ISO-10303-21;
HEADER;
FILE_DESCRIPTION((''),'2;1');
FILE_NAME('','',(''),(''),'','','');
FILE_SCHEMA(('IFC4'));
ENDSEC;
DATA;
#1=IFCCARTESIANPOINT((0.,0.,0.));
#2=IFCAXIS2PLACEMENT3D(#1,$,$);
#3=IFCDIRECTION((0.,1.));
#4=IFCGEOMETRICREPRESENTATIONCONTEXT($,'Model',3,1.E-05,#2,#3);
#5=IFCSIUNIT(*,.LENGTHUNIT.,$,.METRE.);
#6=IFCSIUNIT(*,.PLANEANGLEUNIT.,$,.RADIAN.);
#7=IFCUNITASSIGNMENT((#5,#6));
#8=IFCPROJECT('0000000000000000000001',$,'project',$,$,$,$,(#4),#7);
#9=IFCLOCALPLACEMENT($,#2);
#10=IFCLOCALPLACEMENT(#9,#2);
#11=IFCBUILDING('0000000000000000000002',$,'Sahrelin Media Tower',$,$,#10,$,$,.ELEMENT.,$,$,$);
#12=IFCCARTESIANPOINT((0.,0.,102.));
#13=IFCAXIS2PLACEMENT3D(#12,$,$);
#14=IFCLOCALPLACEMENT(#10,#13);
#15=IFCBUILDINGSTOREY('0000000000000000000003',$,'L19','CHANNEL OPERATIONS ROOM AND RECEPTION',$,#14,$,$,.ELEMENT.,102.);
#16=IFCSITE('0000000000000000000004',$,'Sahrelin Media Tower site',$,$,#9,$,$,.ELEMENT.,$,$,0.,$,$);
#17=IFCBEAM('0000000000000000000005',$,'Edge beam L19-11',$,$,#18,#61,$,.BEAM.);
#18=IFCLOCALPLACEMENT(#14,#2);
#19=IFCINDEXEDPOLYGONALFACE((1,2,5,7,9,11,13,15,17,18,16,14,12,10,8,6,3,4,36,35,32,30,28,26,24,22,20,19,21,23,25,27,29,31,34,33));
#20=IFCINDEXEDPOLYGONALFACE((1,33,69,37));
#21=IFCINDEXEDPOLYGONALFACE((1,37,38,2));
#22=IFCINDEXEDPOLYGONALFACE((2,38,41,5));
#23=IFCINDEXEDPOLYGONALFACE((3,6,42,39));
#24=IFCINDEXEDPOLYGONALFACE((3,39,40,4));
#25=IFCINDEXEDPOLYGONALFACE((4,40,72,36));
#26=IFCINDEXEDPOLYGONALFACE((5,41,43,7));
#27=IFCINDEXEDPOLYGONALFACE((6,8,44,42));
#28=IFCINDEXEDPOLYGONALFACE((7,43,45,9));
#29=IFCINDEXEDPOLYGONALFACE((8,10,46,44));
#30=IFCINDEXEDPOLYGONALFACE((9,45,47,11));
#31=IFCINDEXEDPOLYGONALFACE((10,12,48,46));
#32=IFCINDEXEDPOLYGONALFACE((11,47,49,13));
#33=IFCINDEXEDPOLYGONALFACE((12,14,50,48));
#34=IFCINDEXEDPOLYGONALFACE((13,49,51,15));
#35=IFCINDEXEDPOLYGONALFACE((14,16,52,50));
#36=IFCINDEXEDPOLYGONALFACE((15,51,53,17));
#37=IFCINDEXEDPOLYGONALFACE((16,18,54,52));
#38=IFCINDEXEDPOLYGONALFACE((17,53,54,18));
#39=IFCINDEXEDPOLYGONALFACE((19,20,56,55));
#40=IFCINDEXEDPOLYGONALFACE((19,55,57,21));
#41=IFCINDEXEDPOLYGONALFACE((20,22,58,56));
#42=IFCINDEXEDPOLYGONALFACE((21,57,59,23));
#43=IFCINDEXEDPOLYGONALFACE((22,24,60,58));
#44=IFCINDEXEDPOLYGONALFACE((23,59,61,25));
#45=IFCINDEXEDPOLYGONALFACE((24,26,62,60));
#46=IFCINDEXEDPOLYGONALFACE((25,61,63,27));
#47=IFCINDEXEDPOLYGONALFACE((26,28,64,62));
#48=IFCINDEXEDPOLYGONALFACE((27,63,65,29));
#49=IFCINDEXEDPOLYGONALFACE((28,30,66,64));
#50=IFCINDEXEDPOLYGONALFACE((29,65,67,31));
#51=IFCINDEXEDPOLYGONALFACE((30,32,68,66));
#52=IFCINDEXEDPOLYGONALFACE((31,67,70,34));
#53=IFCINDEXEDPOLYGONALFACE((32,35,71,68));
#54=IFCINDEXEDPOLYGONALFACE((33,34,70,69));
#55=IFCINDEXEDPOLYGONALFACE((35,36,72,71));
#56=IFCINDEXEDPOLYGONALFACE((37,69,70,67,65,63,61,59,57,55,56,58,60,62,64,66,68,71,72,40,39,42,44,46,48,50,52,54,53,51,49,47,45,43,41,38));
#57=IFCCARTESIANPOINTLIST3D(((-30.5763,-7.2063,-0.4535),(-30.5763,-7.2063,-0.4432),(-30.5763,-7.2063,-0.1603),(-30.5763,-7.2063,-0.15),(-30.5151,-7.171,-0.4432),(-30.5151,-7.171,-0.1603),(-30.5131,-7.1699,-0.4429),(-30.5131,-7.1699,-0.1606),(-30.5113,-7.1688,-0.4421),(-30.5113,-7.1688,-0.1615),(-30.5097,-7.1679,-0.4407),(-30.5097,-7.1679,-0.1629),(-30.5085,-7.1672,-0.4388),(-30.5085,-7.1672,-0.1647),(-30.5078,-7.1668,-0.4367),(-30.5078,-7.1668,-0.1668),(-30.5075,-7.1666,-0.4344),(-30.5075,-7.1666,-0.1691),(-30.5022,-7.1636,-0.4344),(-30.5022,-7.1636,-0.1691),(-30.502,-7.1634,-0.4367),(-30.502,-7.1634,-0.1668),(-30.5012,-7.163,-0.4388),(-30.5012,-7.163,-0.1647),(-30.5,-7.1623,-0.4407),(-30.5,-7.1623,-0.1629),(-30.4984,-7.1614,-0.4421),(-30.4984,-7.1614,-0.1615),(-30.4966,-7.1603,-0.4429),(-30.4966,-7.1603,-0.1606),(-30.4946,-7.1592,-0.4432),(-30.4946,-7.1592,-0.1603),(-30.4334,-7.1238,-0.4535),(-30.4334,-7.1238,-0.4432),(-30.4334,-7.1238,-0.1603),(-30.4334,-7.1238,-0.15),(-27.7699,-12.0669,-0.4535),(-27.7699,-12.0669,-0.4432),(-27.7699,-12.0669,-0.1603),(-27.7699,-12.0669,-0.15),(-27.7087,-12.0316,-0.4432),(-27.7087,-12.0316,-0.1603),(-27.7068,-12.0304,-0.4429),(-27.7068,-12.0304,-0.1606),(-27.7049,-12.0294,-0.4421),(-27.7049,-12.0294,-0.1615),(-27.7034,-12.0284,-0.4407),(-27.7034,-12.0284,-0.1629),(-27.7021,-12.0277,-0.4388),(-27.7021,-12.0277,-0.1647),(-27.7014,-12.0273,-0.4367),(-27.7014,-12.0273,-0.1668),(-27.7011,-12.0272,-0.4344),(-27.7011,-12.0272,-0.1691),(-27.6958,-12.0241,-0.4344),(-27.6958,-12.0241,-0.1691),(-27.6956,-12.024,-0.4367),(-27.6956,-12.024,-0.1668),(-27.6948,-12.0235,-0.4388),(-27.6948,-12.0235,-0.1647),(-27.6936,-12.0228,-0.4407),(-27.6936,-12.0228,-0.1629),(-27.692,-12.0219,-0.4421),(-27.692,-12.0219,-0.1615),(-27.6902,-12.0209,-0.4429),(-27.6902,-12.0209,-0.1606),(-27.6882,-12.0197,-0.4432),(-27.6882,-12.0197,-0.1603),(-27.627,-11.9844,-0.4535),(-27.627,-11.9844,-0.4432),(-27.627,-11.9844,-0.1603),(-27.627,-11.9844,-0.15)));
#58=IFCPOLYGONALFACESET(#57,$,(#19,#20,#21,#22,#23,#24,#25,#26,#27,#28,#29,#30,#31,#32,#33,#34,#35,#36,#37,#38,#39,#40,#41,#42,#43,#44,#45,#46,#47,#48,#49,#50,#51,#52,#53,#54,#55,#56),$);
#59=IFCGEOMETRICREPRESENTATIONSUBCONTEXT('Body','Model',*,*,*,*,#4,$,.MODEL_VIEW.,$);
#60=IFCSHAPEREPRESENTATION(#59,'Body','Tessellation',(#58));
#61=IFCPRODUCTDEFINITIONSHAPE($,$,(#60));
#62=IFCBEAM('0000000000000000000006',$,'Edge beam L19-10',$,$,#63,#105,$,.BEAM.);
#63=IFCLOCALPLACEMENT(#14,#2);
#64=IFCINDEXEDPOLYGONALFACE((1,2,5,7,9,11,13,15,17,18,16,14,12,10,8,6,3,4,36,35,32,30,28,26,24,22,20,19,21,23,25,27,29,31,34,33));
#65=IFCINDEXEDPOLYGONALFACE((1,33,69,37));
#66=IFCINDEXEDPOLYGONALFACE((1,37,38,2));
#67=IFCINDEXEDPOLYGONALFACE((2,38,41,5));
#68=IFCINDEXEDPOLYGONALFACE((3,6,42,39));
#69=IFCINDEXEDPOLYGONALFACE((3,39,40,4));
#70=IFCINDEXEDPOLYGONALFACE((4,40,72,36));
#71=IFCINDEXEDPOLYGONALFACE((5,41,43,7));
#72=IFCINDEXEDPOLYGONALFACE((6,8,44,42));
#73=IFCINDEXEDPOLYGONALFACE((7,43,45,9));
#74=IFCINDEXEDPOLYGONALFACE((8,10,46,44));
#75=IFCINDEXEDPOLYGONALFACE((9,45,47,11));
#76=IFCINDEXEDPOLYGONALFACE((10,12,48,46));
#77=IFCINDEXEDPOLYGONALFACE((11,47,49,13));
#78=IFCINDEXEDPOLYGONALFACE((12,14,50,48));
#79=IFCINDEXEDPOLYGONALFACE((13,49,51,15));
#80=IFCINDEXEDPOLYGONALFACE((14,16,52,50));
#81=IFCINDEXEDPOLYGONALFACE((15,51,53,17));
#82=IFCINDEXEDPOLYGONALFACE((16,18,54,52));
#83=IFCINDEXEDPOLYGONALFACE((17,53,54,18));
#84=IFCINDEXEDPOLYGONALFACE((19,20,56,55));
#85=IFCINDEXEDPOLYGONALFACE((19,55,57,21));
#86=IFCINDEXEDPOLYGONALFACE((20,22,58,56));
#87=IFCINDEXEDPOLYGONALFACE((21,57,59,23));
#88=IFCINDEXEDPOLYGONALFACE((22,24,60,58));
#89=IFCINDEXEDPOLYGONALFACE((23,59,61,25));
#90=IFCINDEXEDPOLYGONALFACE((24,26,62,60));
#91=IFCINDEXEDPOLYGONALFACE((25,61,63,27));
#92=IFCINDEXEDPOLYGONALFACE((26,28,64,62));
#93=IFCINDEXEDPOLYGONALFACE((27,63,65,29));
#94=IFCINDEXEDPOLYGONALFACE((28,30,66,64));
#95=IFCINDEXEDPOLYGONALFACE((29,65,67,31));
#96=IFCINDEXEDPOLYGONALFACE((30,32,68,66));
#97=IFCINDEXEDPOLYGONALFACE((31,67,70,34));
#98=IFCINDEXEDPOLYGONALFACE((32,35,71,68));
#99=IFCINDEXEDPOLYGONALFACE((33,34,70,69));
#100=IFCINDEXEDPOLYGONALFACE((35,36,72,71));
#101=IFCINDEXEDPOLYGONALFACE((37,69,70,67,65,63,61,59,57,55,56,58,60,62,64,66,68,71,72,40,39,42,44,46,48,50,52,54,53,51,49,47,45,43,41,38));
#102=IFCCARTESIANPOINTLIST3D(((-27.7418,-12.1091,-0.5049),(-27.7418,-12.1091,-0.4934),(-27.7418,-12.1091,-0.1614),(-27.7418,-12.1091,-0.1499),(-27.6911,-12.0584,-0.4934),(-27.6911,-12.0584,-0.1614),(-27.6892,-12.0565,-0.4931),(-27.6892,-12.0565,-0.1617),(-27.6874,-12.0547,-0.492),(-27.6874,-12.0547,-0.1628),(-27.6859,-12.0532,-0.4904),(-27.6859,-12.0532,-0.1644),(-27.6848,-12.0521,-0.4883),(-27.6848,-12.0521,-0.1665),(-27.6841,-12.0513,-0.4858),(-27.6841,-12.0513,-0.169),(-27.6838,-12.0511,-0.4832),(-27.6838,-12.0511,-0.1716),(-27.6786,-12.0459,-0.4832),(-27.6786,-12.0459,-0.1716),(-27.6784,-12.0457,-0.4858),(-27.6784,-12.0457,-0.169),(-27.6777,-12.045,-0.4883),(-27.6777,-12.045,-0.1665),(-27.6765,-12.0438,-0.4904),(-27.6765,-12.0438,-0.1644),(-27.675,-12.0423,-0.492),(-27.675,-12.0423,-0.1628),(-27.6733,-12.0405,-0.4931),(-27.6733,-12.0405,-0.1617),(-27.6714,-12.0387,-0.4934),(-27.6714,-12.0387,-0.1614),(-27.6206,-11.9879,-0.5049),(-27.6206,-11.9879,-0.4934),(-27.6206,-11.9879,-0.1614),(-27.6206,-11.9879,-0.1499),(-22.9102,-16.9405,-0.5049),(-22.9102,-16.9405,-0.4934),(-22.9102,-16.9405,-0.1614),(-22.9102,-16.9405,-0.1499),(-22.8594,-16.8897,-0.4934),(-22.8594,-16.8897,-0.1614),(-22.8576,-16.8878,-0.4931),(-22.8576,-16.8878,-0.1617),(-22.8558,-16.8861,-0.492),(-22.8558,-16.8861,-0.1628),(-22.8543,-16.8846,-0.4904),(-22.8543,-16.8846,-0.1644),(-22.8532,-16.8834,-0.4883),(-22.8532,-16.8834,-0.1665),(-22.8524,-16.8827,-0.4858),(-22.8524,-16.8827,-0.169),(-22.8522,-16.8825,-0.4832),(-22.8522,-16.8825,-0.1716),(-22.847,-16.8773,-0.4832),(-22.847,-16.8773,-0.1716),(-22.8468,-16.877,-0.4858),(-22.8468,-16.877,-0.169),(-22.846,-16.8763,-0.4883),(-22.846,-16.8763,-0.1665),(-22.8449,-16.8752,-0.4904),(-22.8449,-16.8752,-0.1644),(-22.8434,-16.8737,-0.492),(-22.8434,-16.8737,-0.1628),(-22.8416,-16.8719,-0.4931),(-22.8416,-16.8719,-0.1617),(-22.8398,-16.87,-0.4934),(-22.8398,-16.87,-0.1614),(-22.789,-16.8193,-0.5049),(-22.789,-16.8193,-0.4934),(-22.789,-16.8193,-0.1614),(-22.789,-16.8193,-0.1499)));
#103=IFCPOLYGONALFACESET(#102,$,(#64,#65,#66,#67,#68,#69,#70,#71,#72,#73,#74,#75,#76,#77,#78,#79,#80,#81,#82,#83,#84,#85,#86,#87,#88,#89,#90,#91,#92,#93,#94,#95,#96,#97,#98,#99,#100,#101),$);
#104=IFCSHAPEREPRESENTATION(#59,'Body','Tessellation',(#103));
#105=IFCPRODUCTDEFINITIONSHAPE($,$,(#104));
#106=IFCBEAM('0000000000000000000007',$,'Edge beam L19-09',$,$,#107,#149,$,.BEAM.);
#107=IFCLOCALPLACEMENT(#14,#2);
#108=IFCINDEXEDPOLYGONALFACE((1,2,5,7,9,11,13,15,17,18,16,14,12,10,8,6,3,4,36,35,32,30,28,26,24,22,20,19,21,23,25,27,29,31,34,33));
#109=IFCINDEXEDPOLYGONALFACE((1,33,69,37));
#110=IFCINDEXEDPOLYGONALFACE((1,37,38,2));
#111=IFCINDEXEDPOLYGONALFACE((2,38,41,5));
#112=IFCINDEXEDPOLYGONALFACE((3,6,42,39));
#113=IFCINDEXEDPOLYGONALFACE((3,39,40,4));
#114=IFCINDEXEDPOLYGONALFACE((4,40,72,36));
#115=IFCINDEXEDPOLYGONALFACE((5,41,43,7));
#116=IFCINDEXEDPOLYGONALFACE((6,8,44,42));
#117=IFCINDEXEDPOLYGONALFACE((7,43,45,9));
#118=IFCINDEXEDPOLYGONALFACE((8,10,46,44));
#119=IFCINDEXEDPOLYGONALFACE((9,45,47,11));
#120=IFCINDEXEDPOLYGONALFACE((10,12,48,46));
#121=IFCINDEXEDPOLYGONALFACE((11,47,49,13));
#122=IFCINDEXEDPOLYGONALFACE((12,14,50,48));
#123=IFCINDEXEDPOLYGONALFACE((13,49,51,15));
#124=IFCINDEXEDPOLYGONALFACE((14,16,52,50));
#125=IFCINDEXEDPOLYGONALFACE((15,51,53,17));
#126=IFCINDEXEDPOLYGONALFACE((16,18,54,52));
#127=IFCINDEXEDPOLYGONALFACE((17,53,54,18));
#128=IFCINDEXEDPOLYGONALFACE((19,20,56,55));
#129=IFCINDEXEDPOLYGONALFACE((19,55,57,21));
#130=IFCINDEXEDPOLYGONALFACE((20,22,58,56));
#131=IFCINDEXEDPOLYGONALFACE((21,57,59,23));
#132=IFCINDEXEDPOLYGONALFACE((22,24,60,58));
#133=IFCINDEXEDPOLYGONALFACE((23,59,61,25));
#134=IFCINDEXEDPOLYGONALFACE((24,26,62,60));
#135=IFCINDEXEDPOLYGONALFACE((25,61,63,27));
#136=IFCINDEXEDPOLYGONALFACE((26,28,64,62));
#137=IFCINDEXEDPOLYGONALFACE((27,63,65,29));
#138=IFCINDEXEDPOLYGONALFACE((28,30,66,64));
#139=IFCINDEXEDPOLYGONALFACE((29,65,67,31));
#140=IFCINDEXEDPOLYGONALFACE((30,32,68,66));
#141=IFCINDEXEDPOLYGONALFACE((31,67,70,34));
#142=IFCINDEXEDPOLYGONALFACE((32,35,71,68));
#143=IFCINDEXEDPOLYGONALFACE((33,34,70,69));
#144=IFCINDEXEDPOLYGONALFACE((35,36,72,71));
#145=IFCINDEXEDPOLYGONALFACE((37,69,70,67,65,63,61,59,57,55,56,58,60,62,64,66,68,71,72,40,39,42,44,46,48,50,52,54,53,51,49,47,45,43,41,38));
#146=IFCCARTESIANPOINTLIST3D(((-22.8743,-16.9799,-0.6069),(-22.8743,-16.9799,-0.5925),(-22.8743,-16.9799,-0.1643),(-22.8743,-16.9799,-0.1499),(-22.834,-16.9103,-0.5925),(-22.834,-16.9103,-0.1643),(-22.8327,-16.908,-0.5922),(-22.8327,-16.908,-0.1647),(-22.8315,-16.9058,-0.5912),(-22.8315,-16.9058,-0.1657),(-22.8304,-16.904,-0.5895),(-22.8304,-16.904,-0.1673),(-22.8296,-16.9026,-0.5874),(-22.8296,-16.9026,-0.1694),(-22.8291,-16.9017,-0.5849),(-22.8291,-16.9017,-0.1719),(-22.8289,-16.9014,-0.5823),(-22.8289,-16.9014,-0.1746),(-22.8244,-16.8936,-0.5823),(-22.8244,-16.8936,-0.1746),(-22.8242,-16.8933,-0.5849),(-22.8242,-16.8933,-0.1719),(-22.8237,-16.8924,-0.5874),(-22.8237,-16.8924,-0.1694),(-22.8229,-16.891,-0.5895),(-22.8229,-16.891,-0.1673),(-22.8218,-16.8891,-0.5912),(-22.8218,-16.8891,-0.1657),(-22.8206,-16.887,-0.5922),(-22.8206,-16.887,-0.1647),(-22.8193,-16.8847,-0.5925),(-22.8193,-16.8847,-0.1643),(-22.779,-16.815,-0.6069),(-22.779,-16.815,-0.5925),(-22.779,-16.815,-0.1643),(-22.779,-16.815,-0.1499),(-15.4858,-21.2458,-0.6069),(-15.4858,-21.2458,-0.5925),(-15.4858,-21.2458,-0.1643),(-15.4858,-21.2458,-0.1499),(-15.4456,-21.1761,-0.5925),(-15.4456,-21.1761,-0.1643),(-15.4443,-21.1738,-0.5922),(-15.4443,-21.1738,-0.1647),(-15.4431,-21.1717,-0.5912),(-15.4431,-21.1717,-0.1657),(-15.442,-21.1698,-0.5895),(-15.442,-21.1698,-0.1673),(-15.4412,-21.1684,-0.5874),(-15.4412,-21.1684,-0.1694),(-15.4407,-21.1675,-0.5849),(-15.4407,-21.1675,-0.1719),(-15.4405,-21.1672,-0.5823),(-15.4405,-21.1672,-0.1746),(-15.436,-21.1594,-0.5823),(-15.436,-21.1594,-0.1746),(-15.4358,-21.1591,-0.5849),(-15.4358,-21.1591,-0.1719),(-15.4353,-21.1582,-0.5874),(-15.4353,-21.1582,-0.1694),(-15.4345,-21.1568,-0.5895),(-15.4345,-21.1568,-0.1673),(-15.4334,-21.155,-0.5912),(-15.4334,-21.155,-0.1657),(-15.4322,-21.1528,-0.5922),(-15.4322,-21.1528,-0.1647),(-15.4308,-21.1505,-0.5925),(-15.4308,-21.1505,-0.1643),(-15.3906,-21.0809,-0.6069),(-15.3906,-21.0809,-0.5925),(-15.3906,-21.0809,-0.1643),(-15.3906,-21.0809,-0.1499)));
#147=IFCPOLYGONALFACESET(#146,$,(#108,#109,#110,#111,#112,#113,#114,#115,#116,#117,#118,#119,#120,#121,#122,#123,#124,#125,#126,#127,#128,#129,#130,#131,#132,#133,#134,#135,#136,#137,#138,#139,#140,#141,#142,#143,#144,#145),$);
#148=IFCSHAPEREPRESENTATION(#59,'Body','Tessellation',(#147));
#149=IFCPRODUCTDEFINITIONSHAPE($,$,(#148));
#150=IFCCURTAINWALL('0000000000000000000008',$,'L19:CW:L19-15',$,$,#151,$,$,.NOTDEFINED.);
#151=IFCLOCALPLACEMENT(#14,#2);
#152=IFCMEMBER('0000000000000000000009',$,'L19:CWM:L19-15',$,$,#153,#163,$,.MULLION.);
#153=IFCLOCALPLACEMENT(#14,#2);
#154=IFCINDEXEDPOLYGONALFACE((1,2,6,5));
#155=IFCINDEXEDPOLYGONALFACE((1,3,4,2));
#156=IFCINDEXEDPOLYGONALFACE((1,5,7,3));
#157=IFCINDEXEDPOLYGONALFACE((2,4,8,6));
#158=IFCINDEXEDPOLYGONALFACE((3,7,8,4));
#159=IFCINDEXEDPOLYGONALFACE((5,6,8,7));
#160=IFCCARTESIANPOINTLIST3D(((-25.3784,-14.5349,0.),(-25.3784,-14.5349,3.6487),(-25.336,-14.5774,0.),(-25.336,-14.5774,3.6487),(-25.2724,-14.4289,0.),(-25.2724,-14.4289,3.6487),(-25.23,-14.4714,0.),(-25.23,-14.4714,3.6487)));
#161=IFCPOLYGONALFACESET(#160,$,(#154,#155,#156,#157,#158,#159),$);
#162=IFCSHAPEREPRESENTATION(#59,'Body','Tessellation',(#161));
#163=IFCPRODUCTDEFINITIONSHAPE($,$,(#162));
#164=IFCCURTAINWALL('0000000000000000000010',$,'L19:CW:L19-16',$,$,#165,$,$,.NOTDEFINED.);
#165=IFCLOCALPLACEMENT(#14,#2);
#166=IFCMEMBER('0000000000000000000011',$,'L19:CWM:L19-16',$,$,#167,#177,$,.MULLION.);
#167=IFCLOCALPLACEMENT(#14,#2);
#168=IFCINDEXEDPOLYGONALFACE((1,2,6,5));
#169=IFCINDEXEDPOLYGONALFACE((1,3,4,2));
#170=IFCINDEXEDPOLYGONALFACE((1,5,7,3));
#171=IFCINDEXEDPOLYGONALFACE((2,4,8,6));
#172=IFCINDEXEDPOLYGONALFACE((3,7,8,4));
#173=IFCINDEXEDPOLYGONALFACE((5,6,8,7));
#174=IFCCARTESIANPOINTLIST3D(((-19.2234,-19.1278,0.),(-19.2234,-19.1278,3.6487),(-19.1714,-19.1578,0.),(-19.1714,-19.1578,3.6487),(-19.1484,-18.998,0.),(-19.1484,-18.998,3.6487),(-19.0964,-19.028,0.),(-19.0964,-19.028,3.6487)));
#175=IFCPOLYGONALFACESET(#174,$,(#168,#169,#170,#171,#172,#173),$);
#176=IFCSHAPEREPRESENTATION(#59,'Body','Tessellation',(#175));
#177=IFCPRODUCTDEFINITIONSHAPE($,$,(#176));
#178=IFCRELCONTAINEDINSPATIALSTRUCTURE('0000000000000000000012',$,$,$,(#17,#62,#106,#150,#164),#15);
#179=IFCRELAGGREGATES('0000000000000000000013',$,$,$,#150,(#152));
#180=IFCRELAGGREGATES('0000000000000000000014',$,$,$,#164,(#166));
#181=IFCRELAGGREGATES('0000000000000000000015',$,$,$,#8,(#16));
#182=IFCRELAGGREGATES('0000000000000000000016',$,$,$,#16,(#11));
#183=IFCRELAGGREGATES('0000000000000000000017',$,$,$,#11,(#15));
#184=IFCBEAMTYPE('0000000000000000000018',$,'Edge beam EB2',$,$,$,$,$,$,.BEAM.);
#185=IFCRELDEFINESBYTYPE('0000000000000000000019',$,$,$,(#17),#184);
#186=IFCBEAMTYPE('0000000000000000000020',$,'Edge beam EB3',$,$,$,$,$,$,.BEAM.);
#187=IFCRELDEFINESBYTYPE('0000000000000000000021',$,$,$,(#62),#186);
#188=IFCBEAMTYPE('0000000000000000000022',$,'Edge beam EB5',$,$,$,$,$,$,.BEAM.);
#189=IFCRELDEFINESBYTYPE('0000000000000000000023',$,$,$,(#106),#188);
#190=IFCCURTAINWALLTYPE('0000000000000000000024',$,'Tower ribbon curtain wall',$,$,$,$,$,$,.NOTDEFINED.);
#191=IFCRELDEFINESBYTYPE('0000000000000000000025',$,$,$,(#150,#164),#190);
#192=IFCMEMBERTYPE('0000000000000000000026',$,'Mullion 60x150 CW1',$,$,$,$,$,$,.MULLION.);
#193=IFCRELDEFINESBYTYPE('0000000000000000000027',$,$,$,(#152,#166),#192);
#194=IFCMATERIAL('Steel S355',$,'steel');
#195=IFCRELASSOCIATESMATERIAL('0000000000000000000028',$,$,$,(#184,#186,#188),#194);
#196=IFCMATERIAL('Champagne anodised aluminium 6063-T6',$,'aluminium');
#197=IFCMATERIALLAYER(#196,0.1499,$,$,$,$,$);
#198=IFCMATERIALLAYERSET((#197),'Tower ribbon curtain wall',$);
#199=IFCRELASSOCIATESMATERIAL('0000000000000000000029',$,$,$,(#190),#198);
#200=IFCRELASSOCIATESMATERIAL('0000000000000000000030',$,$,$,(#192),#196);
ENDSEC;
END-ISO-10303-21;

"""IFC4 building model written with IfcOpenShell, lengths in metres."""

from ifc_helpers import new_model, si_unit, direction, frame, origin, origin_2d, place, context, subcontext, project, spatial, rectangle, i_section, extrude, material, layer, layer_set, material_profile, profile_set, type_object, element, aggregate, save


model = new_model("IFC4")

# Units and contexts
model_context = context("Model", 3, precision=1e-05, world=origin(), true_north=direction((0.0, 1.0)))
body_context = subcontext(model_context, "Body", "Model", "MODEL_VIEW")
ifc_project = project(units=[si_unit("LENGTHUNIT", "METRE"), si_unit("PLANEANGLEUNIT", "RADIAN")], contexts=[model_context])

# Site, building, storey
site_placement = place(None, origin())
site = spatial("IfcSite", under=ifc_project, at=site_placement, Name="Sahrelin Media Tower site", CompositionType="ELEMENT", RefElevation=0.0)
building_placement = place(site_placement, origin())
building = spatial("IfcBuilding", under=site, at=building_placement, Name="Sahrelin Media Tower", CompositionType="ELEMENT")
storey_placement = place(building_placement, frame((0.0, 0.0, 102.0)))
storey = spatial("IfcBuildingStorey", under=building, at=storey_placement, Name="L19", Description="CHANNEL OPERATIONS ROOM AND RECEPTION", CompositionType="ELEMENT", Elevation=102.0)

# Beams
ifc_material_1 = material(Name="Steel S355", Category="steel")
ifc_material_profile_1 = material_profile(ifc_material_1, i_section(OverallWidth=0.165, OverallDepth=0.3035, WebThickness=0.0061, FlangeThickness=0.0103, FilletRadius=0.0088, at=origin_2d()), Name="UB 305x165x40")
ifc_profile_set_1 = profile_set([ifc_material_profile_1], Name="Steel S355")
beam_type_1 = type_object("IfcBeamType", Name="Edge beam EB2", PredefinedType="BEAM", material=ifc_profile_set_1)
beam_1_placement = place(storey_placement, frame((-27.6985, -12.0256, -0.3018), z_axis=(-0.500017, 0.866015, 0.0), x_axis=(-0.866015, -0.500017, 0.0)))
element("IfcBeam", 1, at=beam_1_placement, inside=storey, type_object=beam_type_1, Name="Edge beam L19-11", PredefinedType="BEAM", context=body_context, shape_type="SweptSolid", body=[
    extrude(i_section(OverallWidth=0.165, OverallDepth=0.3035, WebThickness=0.0061, FlangeThickness=0.0103, FilletRadius=0.0088, at=origin_2d()), origin(), (0.0, 0.0, 1.0), 5.6125),
])
ifc_material_profile_2 = material_profile(ifc_material_1, i_section(OverallWidth=0.1714, OverallDepth=0.355, WebThickness=0.0073, FlangeThickness=0.0115, FilletRadius=0.0103, at=origin_2d()), Name="UB 356x171x51")
ifc_profile_set_2 = profile_set([ifc_material_profile_2], Name="Steel S355")
beam_type_2 = type_object("IfcBeamType", Name="Edge beam EB3", PredefinedType="BEAM", material=ifc_profile_set_2)
beam_2_placement = place(storey_placement, frame((-22.8496, -16.8799, -0.3274), z_axis=(-0.707125, 0.707089, 0.0), x_axis=(-0.707089, -0.707125, 0.0)))
element("IfcBeam", 2, at=beam_2_placement, inside=storey, type_object=beam_type_2, Name="Edge beam L19-10", PredefinedType="BEAM", context=body_context, shape_type="SweptSolid", body=[
    extrude(i_section(OverallWidth=0.1714, OverallDepth=0.355, WebThickness=0.0073, FlangeThickness=0.0115, FilletRadius=0.0103, at=origin_2d()), origin(), (0.0, 0.0, 1.0), 6.8328),
])
ifc_material_profile_3 = material_profile(ifc_material_1, i_section(OverallWidth=0.1904, OverallDepth=0.457, WebThickness=0.009, FlangeThickness=0.0144, FilletRadius=0.0103, at=origin_2d()), Name="UB 457x191x74")
ifc_profile_set_3 = profile_set([ifc_material_profile_3], Name="Steel S355")
beam_type_3 = type_object("IfcBeamType", Name="Edge beam EB5", PredefinedType="BEAM", material=ifc_profile_set_3)
beam_3_placement = place(storey_placement, frame((-15.4382, -21.1633, -0.3784), z_axis=(-0.866017, 0.500014, 0.0), x_axis=(-0.500014, -0.866017, 0.0)))
element("IfcBeam", 3, at=beam_3_placement, inside=storey, type_object=beam_type_3, Name="Edge beam L19-09", PredefinedType="BEAM", context=body_context, shape_type="SweptSolid", body=[
    extrude(i_section(OverallWidth=0.1904, OverallDepth=0.457, WebThickness=0.009, FlangeThickness=0.0144, FilletRadius=0.0103, at=origin_2d()), origin(), (0.0, 0.0, 1.0), 8.5315),
])

# Curtain walls, members
ifc_material_2 = material(Name="Champagne anodised aluminium 6063-T6", Category="aluminium")
ifc_layer_1 = layer(ifc_material_2, 0.1499)
ifc_layer_set_1 = layer_set([ifc_layer_1], Name="Tower ribbon curtain wall")
curtain_wall_type = type_object("IfcCurtainWallType", Name="Tower ribbon curtain wall", PredefinedType="NOTDEFINED", material=ifc_layer_set_1)
curtain_wall_1_placement = place(storey_placement, frame((-25.3713, -14.5703, 0.0), z_axis=(0.0, 0.0, 1.0), x_axis=(1.0, 0.0, 0.0)))
curtain_wall_1 = element("IfcCurtainWall", 4, at=curtain_wall_1_placement, inside=storey, type_object=curtain_wall_type, Name="L19:CW:L19-15", PredefinedType="NOTDEFINED")
ifc_material_profile_4 = material_profile(ifc_material_2, rectangle(XDim=0.0601, YDim=0.1499, at=origin_2d()), Name="Mullion 60x150")
ifc_profile_set_4 = profile_set([ifc_material_profile_4], Name="Champagne anodised aluminium 6063-T6")
member_type_1 = type_object("IfcMemberType", Name="Mullion 60x150 CW1", PredefinedType="MULLION", material=ifc_profile_set_4)
member_1_placement = place(storey_placement, frame((-25.3042, -14.5032, 0.0), z_axis=(0.0, 0.0, 1.0), x_axis=(0.707107, -0.707107, 0.0)))
member_1 = element("IfcMember", 5, at=member_1_placement, type_object=member_type_1, Name="L19:CWM:L19-15", PredefinedType="MULLION", context=body_context, shape_type="SweptSolid", body=[
    extrude(rectangle(XDim=0.0601, YDim=0.1499, at=origin_2d()), origin(), (0.0, 0.0, 1.0), 3.6487),
])
curtain_wall_2_placement = place(storey_placement, frame((-19.2075, -19.1604, 0.0), z_axis=(0.0, 0.0, 1.0), x_axis=(1.0, 0.0, 0.0)))
curtain_wall_2 = element("IfcCurtainWall", 6, at=curtain_wall_2_placement, inside=storey, type_object=curtain_wall_type, Name="L19:CW:L19-16", PredefinedType="NOTDEFINED")
member_2_placement = place(storey_placement, frame((-19.1599, -19.0779, 0.0), z_axis=(0.0, 0.0, 1.0), x_axis=(0.866025, -0.500002, 0.0)))
member_2 = element("IfcMember", 7, at=member_2_placement, type_object=member_type_1, Name="L19:CWM:L19-16", PredefinedType="MULLION", context=body_context, shape_type="SweptSolid", body=[
    extrude(rectangle(XDim=0.0601, YDim=0.1499, at=origin_2d()), origin(), (0.0, 0.0, 1.0), 3.6487),
])

aggregate(curtain_wall_1, [member_1])
aggregate(curtain_wall_2, [member_2])

save(model, "model.ifc")
